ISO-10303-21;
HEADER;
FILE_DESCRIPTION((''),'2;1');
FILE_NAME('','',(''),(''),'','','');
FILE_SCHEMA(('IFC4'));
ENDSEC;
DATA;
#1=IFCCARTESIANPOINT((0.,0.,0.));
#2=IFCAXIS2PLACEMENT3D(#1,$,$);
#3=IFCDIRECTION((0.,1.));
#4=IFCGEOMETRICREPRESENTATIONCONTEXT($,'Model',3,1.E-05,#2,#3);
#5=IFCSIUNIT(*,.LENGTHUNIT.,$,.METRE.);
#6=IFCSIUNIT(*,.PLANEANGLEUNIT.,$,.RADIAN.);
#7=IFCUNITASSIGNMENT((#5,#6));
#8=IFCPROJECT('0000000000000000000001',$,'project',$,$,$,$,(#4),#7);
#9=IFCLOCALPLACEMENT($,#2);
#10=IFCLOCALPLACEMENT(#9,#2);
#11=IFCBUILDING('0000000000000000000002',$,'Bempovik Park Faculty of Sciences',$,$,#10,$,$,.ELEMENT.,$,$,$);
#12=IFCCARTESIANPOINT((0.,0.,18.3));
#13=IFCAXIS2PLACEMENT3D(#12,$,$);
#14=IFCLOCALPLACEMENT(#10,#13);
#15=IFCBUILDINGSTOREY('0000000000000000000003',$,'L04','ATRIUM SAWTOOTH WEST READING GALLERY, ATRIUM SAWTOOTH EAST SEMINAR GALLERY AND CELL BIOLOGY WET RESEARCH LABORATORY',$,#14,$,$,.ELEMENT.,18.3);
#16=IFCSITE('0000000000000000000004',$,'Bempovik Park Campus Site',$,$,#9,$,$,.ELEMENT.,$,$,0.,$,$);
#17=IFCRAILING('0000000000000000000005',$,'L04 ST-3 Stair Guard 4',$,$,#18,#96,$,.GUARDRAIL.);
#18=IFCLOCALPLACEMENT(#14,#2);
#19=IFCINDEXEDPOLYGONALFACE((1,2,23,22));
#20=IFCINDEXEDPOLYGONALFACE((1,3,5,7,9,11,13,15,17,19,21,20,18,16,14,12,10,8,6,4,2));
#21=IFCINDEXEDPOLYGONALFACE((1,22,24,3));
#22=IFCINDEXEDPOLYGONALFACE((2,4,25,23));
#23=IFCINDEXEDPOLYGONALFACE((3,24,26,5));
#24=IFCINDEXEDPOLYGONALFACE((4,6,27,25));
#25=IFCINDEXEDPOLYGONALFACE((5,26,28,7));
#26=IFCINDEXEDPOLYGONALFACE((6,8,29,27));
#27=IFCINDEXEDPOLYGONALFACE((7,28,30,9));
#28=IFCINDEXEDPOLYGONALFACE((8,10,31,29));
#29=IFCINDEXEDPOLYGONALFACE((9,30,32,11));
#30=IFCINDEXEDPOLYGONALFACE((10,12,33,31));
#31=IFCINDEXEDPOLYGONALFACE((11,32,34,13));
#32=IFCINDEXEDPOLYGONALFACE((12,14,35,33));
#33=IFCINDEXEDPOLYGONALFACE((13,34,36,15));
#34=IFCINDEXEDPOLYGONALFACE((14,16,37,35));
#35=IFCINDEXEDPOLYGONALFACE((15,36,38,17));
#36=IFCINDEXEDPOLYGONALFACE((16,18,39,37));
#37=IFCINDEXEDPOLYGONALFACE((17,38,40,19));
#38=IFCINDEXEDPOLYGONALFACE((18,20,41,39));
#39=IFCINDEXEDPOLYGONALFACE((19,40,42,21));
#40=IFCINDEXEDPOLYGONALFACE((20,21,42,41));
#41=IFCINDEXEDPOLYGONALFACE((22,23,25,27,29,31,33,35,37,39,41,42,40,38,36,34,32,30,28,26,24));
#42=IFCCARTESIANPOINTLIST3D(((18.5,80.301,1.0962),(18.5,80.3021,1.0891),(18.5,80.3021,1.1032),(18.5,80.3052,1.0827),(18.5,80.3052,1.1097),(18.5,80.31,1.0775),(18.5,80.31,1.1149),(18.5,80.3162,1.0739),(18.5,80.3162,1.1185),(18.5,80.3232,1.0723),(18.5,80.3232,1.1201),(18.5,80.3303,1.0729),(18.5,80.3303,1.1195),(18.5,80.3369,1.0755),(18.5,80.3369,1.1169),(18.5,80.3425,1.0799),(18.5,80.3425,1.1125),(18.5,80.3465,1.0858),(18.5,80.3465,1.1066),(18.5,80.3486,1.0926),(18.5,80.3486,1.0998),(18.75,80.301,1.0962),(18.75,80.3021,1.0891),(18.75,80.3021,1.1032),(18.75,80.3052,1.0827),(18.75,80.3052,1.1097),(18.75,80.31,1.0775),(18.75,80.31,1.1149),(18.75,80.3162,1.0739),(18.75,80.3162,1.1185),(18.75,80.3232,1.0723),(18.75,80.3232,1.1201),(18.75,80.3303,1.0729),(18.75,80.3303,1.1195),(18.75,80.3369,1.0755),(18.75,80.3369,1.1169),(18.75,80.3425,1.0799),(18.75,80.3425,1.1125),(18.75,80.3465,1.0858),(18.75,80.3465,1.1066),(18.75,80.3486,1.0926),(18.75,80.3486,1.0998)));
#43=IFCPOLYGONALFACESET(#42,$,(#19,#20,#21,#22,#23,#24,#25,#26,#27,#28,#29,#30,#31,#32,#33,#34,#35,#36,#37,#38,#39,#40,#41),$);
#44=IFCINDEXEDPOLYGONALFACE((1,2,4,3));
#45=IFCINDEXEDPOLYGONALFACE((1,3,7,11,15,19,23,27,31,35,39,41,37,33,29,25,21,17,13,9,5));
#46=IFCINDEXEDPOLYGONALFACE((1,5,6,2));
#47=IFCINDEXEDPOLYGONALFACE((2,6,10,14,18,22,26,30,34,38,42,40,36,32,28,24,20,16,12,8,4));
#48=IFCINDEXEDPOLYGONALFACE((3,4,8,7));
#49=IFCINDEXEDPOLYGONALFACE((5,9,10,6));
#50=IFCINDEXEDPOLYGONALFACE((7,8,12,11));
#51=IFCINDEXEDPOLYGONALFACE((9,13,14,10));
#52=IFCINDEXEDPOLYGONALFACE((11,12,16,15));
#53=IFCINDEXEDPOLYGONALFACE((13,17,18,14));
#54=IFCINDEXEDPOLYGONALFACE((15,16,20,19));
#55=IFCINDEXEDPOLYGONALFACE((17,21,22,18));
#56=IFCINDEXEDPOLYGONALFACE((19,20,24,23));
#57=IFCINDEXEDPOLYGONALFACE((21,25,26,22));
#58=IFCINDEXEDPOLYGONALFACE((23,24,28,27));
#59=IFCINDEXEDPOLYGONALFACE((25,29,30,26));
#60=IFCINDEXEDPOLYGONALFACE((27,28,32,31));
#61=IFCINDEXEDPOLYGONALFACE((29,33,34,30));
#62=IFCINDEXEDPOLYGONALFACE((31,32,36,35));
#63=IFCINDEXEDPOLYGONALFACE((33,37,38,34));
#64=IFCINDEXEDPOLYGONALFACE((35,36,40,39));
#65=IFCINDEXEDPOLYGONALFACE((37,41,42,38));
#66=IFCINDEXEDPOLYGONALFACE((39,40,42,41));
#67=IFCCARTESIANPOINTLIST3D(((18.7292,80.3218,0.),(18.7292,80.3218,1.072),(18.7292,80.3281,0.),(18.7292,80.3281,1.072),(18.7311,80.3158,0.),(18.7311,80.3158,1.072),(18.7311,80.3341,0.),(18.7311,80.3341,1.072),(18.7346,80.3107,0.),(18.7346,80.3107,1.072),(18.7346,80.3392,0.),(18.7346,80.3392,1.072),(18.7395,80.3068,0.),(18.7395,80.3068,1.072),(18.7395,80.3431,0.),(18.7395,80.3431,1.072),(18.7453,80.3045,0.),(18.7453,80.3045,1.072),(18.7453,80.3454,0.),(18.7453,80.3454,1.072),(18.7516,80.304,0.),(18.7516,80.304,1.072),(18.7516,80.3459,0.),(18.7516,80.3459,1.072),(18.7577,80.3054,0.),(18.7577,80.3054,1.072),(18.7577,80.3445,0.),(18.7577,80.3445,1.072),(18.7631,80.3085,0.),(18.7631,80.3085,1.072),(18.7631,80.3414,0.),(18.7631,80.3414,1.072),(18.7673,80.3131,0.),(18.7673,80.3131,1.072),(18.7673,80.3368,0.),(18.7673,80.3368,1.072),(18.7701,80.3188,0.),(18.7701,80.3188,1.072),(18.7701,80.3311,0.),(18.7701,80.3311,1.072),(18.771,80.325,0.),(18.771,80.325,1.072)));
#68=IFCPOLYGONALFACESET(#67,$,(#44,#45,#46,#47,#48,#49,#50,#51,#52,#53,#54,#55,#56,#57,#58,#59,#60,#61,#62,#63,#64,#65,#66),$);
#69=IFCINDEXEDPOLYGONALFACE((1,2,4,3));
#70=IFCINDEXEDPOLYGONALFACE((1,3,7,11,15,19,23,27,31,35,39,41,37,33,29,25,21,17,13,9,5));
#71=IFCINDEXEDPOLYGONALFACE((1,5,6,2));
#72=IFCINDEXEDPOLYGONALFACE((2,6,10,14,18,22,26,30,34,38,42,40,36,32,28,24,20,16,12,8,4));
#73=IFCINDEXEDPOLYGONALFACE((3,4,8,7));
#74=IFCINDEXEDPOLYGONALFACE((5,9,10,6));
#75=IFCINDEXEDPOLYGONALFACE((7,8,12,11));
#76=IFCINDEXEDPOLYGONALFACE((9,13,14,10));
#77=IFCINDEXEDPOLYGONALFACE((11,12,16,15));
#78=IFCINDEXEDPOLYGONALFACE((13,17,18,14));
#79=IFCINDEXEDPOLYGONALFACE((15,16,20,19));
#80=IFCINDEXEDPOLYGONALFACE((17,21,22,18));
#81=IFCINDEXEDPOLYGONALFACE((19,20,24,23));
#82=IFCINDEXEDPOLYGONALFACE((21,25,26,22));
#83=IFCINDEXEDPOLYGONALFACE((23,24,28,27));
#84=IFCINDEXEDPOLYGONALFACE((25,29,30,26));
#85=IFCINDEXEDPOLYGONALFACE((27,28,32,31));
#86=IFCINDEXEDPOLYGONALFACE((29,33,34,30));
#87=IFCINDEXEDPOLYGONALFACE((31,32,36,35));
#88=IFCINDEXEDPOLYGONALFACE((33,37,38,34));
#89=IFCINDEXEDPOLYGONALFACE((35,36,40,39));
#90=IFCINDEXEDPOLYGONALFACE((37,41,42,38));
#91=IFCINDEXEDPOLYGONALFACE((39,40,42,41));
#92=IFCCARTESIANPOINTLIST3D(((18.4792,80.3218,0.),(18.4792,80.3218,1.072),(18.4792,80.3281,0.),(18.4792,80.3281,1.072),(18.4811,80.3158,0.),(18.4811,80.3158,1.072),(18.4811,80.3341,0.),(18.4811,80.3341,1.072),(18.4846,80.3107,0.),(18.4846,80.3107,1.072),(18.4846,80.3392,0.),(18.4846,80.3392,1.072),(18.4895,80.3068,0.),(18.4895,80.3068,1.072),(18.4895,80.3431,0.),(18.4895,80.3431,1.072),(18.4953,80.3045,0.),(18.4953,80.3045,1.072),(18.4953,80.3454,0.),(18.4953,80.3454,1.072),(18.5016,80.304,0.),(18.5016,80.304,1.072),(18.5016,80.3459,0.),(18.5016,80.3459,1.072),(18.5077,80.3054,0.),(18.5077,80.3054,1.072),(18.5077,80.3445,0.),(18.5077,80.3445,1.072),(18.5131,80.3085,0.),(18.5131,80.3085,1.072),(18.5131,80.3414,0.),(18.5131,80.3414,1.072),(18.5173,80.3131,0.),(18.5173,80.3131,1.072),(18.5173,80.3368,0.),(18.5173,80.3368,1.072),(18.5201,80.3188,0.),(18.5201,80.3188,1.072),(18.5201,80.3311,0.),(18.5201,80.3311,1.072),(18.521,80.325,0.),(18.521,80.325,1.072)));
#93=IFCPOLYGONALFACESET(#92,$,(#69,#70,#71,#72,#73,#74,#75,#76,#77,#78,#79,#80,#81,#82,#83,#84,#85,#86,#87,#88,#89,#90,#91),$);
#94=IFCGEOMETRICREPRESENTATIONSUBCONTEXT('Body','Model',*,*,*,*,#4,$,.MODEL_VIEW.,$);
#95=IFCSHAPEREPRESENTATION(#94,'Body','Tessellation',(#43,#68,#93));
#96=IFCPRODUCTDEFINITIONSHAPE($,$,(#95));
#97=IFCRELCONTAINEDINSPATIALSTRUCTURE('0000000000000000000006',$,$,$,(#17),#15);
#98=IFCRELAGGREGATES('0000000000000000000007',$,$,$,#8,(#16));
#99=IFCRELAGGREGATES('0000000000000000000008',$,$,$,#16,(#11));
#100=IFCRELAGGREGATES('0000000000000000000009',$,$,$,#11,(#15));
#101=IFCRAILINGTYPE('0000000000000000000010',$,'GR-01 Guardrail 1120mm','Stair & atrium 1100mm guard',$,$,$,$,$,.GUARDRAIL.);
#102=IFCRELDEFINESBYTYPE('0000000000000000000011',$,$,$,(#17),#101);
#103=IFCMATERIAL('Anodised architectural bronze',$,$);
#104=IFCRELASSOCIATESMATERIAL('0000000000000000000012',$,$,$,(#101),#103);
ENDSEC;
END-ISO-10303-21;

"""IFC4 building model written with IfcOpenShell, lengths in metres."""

from ifc_helpers import new_model, si_unit, direction, frame, origin, origin_2d, place, context, subcontext, project, spatial, circle, extrude, material, type_object, element, save


model = new_model("IFC4")

# Units and contexts
model_context = context("Model", 3, precision=1e-05, world=origin(), true_north=direction((0.0, 1.0)))
body_context = subcontext(model_context, "Body", "Model", "MODEL_VIEW")
ifc_project = project(units=[si_unit("LENGTHUNIT", "METRE"), si_unit("PLANEANGLEUNIT", "RADIAN")], contexts=[model_context])

# Site, building, storey
site_placement = place(None, origin())
site = spatial("IfcSite", under=ifc_project, at=site_placement, Name="Bempovik Park Campus Site", CompositionType="ELEMENT", RefElevation=0.0)
building_placement = place(site_placement, origin())
building = spatial("IfcBuilding", under=site, at=building_placement, Name="Bempovik Park Faculty of Sciences", CompositionType="ELEMENT")
storey_placement = place(building_placement, frame((0.0, 0.0, 18.3)))
storey = spatial("IfcBuildingStorey", under=building, at=storey_placement, Name="L04", Description="ATRIUM SAWTOOTH WEST READING GALLERY, ATRIUM SAWTOOTH EAST SEMINAR GALLERY AND CELL BIOLOGY WET RESEARCH LABORATORY", CompositionType="ELEMENT", Elevation=18.3)

# Railing
ifc_material_1 = material(Name="Anodised architectural bronze")
railing_type_1 = type_object("IfcRailingType", Name="GR-01 Guardrail 1120mm", Description="Stair & atrium 1100mm guard", PredefinedType="GUARDRAIL", material=ifc_material_1)
railing_1_placement = place(storey_placement, frame((18.75, 80.325, 0.0)))
element("IfcRailing", 1, at=railing_1_placement, inside=storey, type_object=railing_type_1, Name="L04 ST-3 Stair Guard 4", PredefinedType="GUARDRAIL", context=body_context, shape_type="SweptSolid", body=[
    extrude(circle(Radius=0.0239, at=origin_2d()), frame((0.0, 0.0, 1.0962), z_axis=(-1.0, 0.0, 0.0), x_axis=(0.0, -1.0, 0.0)), (0.0, 0.0, 1.0), 0.25),
    extrude(circle(Radius=0.021, at=origin_2d()), origin(), (0.0, 0.0, 1.0), 1.072),
    extrude(circle(Radius=0.021, at=origin_2d()), frame((-0.25, 0.0, 0.0)), (0.0, 0.0, 1.0), 1.072),
])

save(model, "model.ifc")
